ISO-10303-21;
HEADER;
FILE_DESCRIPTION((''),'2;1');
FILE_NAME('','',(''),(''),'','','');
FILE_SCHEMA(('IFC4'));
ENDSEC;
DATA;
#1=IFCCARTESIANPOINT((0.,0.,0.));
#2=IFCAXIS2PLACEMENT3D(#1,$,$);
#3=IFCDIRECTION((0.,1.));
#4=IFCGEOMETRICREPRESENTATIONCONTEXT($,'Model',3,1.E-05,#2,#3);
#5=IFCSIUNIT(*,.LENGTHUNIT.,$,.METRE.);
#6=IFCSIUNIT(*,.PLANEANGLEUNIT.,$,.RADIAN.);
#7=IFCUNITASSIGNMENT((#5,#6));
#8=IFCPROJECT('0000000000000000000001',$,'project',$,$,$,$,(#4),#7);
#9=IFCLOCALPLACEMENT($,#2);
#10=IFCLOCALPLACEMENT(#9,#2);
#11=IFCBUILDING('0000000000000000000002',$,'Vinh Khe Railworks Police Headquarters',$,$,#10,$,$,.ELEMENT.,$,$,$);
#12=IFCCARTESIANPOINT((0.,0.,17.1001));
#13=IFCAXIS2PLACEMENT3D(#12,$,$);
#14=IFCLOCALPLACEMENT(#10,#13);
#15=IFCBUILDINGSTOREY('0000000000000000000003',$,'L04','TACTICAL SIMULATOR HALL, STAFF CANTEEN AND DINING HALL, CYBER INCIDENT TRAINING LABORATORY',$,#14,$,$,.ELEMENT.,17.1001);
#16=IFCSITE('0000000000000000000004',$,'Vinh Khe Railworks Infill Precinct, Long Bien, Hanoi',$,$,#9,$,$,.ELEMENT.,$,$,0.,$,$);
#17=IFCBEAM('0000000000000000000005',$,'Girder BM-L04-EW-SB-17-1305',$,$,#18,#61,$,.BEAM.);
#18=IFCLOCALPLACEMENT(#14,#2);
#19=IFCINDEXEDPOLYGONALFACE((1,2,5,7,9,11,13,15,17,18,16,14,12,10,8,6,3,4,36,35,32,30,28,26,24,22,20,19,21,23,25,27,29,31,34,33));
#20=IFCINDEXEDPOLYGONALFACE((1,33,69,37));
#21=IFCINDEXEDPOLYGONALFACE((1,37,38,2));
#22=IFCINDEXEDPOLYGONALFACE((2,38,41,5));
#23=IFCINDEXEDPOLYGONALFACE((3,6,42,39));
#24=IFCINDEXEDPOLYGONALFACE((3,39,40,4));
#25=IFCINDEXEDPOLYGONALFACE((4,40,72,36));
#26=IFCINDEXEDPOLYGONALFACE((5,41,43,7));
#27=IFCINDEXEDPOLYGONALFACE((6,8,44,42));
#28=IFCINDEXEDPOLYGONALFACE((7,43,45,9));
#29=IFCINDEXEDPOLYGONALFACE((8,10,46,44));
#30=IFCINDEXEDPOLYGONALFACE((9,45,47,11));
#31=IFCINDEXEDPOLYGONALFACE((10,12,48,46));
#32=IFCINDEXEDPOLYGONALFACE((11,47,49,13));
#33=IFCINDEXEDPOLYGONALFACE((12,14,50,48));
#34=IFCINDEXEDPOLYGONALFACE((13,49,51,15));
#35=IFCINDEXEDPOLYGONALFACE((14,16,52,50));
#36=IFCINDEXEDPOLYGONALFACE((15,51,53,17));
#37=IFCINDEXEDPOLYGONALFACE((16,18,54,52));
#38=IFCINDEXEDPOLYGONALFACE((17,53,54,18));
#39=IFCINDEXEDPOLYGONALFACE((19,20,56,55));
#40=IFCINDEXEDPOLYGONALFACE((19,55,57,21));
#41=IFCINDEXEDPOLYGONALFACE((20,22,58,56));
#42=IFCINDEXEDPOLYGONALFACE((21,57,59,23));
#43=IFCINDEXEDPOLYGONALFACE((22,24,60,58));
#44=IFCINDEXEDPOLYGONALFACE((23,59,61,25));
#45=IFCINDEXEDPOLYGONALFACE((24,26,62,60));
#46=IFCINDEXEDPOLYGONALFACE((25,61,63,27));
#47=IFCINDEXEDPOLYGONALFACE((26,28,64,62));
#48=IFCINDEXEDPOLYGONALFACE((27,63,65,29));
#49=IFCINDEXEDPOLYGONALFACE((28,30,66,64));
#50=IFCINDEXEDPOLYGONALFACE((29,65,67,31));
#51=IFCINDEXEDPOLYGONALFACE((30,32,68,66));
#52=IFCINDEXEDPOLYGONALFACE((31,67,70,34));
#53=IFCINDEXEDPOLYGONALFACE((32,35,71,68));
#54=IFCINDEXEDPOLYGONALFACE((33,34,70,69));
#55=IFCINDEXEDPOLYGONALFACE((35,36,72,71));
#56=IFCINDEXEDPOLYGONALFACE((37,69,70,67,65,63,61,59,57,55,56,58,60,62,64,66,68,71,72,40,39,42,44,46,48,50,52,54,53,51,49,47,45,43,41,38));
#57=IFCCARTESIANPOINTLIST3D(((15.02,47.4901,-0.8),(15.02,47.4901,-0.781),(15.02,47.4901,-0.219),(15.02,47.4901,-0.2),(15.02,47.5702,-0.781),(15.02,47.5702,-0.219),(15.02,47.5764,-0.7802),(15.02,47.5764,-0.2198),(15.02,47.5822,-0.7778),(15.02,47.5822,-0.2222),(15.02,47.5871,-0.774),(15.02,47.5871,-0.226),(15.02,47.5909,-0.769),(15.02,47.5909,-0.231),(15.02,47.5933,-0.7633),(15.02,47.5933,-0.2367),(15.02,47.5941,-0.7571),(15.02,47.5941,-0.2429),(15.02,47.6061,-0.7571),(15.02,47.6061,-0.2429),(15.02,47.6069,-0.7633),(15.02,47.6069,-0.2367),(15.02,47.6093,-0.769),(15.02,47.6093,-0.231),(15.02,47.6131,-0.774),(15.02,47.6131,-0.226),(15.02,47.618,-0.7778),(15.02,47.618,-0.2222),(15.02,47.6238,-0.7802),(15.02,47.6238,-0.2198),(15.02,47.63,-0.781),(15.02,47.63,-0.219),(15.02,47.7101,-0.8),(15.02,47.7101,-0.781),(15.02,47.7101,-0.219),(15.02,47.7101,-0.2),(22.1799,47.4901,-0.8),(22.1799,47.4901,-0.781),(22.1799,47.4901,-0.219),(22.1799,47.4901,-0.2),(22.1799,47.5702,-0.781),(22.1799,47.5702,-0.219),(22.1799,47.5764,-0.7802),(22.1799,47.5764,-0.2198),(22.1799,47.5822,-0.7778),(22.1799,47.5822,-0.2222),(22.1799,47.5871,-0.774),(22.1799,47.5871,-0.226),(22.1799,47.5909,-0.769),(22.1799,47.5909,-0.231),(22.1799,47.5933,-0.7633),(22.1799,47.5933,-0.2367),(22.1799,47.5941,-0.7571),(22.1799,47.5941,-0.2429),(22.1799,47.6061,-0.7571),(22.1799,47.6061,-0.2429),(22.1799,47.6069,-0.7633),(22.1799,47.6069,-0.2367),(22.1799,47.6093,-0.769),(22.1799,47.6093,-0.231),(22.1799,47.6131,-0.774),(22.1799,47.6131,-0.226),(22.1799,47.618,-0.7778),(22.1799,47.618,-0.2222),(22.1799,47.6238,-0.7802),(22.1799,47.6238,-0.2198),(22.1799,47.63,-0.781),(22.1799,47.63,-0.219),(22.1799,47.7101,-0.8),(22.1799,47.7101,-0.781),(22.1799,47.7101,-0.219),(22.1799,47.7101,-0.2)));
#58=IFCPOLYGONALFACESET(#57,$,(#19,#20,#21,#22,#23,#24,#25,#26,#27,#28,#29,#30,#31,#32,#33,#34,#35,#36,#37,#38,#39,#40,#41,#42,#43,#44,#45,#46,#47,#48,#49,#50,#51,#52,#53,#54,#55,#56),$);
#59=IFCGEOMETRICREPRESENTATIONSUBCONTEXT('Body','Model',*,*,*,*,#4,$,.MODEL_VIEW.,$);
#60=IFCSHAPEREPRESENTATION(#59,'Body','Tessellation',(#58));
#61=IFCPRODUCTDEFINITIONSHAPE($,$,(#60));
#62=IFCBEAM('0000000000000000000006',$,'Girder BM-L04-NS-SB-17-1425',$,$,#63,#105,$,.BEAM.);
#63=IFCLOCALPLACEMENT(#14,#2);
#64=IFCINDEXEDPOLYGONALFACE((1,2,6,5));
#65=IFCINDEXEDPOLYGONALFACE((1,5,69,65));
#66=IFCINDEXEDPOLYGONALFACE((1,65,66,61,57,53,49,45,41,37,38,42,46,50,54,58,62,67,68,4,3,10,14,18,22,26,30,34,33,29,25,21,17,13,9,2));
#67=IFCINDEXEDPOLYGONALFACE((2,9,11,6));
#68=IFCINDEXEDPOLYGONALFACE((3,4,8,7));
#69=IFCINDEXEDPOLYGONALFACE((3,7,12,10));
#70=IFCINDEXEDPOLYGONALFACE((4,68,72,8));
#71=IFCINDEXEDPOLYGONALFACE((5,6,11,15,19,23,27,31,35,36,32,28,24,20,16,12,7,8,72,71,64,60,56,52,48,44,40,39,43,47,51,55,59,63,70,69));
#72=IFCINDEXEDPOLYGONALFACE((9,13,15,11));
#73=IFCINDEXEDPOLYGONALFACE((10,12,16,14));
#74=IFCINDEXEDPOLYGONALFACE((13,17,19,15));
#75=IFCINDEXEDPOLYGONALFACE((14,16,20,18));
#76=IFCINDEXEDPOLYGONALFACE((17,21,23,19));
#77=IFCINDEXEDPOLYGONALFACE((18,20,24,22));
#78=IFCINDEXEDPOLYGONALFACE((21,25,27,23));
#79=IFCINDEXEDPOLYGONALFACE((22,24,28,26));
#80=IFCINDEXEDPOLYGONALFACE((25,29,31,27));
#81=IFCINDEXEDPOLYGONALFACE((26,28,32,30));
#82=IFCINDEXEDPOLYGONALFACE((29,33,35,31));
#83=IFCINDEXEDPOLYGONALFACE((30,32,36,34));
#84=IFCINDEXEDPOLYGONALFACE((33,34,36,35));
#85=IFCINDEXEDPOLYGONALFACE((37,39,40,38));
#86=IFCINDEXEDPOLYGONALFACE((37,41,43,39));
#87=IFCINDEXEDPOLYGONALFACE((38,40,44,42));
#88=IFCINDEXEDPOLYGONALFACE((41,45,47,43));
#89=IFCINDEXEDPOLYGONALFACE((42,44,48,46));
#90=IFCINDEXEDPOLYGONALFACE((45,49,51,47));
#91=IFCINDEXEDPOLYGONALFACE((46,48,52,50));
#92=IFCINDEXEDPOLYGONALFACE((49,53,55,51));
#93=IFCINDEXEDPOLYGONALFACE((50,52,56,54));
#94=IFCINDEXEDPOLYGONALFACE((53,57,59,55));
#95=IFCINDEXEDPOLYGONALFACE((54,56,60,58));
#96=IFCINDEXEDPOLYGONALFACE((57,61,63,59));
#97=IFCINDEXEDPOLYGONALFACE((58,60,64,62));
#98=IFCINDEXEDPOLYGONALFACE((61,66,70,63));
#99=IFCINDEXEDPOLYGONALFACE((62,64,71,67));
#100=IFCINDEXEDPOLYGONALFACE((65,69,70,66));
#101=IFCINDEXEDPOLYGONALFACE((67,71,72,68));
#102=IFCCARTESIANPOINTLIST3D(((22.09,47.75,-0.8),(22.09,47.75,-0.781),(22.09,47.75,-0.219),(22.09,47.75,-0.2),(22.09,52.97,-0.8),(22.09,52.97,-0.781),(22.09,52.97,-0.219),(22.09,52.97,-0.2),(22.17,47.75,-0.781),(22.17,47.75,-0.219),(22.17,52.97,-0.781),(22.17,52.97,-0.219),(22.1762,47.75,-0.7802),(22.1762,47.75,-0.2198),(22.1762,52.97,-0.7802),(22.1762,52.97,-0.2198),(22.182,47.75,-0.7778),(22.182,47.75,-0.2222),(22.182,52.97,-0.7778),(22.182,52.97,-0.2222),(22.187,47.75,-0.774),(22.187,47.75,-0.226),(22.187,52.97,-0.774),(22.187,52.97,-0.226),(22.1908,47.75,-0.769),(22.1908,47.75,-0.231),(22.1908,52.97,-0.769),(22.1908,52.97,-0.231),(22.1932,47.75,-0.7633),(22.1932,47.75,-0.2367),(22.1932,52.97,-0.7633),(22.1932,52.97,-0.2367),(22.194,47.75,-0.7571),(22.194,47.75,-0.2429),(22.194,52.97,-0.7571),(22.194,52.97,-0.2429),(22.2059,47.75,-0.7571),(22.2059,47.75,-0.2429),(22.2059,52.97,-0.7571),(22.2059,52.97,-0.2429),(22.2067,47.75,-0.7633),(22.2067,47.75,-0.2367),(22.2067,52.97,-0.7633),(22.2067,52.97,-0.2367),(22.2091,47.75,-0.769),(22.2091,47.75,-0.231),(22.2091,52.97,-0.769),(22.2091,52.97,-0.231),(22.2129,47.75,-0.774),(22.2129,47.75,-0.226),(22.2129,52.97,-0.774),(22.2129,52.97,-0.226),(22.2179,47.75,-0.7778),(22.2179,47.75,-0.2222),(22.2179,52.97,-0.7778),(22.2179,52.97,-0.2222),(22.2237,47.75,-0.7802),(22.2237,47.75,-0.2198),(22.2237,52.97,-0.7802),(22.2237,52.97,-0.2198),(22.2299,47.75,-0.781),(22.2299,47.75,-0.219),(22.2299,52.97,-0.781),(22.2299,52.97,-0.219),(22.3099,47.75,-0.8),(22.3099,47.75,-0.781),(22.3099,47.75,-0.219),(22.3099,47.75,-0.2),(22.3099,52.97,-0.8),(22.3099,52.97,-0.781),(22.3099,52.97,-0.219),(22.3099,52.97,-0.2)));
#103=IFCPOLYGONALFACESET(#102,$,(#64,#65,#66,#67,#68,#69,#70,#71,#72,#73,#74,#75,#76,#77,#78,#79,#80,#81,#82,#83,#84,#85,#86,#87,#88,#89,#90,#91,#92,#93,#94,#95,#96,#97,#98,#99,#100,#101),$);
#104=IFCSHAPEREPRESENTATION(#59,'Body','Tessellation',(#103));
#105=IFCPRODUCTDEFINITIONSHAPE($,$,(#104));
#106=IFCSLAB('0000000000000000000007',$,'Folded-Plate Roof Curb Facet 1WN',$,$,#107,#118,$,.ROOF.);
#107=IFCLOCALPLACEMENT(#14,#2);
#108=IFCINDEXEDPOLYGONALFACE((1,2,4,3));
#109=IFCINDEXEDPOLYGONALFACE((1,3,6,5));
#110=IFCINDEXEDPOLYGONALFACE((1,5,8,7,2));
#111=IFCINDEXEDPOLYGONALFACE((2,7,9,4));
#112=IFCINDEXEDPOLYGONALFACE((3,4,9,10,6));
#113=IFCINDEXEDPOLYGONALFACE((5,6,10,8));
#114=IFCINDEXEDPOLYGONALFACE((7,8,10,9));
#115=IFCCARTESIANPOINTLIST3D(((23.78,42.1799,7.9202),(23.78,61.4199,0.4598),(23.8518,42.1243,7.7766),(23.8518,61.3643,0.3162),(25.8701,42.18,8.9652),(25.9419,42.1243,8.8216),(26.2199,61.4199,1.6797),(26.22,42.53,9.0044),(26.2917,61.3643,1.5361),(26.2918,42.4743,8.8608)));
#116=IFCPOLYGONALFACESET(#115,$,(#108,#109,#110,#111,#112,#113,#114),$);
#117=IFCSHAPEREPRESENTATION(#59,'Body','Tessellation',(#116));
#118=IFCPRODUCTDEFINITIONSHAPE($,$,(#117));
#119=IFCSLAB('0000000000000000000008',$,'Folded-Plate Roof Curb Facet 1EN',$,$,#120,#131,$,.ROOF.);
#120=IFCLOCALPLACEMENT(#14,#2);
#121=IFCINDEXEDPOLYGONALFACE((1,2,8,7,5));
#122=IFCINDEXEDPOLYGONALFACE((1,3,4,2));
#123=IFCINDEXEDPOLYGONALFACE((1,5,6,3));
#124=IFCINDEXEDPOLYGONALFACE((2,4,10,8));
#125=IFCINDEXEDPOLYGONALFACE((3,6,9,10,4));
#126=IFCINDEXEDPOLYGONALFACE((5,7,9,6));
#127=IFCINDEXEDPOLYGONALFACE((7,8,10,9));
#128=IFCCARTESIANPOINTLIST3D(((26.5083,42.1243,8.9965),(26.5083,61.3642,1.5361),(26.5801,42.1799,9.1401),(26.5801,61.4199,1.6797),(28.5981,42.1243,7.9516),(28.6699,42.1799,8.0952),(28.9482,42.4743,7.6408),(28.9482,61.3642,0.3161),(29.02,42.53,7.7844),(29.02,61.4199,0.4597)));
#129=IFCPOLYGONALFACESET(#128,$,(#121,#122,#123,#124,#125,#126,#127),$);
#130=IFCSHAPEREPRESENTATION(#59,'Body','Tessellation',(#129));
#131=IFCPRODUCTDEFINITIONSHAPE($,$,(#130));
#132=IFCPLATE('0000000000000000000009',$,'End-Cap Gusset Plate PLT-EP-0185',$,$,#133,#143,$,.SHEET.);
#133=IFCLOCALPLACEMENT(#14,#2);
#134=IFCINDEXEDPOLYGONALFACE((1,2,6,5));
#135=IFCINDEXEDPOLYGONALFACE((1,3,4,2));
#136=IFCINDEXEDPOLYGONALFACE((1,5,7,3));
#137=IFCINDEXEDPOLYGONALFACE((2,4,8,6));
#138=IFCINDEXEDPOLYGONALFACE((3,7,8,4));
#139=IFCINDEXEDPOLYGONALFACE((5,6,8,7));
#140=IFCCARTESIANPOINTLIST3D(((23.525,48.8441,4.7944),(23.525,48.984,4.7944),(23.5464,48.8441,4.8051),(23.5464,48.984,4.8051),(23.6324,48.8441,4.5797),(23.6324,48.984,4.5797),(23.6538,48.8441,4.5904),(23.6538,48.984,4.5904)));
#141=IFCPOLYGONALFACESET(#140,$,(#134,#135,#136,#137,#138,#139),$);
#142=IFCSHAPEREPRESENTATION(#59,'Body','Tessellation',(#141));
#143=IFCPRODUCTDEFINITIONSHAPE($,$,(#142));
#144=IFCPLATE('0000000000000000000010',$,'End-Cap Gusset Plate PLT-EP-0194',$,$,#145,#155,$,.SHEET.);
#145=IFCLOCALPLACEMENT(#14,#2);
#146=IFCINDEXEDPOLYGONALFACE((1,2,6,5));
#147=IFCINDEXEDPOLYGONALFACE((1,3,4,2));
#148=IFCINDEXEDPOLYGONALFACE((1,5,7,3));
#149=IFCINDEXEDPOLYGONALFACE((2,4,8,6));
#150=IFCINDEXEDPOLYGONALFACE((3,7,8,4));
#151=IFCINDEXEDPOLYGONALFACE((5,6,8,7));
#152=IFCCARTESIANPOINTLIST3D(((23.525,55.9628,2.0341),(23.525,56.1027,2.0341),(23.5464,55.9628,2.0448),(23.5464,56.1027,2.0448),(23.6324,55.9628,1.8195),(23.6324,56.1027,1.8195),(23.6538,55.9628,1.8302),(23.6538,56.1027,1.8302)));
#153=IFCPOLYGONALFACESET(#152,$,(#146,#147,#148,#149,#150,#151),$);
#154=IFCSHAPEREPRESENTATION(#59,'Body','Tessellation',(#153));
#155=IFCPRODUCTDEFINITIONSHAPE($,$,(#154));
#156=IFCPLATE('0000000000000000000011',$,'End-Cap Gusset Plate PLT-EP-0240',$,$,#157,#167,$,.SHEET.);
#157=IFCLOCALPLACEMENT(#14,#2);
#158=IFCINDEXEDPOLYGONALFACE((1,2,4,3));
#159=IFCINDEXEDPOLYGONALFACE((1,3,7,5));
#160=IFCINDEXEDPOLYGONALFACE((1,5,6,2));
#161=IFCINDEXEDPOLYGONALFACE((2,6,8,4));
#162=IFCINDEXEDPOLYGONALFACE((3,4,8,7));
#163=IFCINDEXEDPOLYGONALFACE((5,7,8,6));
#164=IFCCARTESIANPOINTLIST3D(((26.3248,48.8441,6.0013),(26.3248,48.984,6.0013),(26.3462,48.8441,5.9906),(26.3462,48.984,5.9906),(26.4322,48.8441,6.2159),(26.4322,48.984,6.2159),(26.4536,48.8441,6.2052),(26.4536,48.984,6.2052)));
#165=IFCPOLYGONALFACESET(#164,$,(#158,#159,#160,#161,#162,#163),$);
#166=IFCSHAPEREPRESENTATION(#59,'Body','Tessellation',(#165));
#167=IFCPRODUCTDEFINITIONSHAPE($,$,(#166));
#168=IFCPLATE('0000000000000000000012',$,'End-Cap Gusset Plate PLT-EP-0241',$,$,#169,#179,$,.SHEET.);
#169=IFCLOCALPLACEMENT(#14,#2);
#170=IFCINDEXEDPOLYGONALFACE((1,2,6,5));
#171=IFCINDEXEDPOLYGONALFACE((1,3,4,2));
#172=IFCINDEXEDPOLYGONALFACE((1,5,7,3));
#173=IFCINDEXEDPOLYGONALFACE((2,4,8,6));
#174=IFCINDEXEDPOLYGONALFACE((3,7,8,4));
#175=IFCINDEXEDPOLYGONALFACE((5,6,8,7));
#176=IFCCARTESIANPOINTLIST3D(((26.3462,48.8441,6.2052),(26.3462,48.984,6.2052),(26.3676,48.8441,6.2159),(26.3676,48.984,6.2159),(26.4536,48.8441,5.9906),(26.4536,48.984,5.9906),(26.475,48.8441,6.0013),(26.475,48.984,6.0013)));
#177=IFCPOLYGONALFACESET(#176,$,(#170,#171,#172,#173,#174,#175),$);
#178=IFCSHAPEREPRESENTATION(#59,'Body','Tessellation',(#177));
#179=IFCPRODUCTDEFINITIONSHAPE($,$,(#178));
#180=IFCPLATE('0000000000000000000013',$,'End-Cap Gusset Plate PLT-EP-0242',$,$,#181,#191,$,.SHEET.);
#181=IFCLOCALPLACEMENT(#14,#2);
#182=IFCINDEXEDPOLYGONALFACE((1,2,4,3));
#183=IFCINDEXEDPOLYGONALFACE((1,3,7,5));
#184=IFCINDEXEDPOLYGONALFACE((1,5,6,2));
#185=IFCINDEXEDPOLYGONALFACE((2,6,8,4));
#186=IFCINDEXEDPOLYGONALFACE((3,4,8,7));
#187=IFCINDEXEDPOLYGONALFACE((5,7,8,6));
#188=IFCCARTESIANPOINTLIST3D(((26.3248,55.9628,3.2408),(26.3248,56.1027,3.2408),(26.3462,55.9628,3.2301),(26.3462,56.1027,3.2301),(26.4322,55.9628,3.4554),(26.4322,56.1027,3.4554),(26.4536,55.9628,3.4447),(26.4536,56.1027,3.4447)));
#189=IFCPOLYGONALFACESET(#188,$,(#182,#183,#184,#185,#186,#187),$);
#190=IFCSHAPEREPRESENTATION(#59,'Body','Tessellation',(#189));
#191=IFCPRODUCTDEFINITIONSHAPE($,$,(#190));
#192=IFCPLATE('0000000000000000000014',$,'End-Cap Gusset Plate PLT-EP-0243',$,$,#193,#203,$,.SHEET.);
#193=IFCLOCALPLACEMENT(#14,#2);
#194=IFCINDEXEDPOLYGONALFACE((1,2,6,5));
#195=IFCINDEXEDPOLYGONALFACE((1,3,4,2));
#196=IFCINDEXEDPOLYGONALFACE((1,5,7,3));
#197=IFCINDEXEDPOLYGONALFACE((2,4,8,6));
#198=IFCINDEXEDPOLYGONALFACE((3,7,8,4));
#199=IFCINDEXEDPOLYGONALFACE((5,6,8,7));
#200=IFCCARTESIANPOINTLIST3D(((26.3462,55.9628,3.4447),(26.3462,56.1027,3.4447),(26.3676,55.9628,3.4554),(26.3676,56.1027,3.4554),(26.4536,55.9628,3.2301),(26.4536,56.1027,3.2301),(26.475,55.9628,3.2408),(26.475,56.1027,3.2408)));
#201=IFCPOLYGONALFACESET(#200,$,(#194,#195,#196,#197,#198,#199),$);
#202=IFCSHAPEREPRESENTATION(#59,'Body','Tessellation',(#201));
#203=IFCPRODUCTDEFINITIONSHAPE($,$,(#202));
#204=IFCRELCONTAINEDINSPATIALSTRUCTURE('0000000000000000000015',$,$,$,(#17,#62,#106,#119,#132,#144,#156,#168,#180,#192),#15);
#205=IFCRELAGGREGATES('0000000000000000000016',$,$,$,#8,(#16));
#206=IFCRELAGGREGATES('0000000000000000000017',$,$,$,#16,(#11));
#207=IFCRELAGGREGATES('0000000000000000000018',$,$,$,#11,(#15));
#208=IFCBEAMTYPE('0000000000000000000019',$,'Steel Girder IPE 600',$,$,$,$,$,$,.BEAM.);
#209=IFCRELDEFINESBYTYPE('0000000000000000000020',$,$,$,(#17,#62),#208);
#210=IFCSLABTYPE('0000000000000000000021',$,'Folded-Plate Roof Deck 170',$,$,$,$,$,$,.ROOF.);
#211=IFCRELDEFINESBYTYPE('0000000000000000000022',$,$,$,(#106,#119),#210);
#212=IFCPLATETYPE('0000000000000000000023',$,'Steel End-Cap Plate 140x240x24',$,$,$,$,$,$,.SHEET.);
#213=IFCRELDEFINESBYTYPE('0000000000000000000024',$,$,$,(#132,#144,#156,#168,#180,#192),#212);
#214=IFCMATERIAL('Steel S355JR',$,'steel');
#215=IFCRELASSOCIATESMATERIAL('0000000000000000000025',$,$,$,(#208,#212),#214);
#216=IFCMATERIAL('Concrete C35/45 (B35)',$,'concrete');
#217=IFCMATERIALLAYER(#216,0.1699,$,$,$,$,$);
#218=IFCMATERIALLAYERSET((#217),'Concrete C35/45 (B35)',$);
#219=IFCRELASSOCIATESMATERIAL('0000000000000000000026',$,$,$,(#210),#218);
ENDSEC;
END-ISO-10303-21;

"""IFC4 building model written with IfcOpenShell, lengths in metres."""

from ifc_helpers import new_model, si_unit, direction, frame, origin, origin_2d, place, context, subcontext, project, spatial, polyline, rectangle, i_section, outline, extrude, material, layer, layer_set, material_profile, profile_set, type_object, element, save


model = new_model("IFC4")

# Units and contexts
model_context = context("Model", 3, precision=1e-05, world=origin(), true_north=direction((0.0, 1.0)))
body_context = subcontext(model_context, "Body", "Model", "MODEL_VIEW")
ifc_project = project(units=[si_unit("LENGTHUNIT", "METRE"), si_unit("PLANEANGLEUNIT", "RADIAN")], contexts=[model_context])

# Site, building, storey
site_placement = place(None, origin())
site = spatial("IfcSite", under=ifc_project, at=site_placement, Name="Vinh Khe Railworks Infill Precinct, Long Bien, Hanoi", CompositionType="ELEMENT", RefElevation=0.0)
building_placement = place(site_placement, origin())
building = spatial("IfcBuilding", under=site, at=building_placement, Name="Vinh Khe Railworks Police Headquarters", CompositionType="ELEMENT")
storey_placement = place(building_placement, frame((0.0, 0.0, 17.1001)))
storey = spatial("IfcBuildingStorey", under=building, at=storey_placement, Name="L04", Description="TACTICAL SIMULATOR HALL, STAFF CANTEEN AND DINING HALL, CYBER INCIDENT TRAINING LABORATORY", CompositionType="ELEMENT", Elevation=17.1001)

# Shared definitions
ifc_material_1 = material(Name="Steel S355JR", Category="steel")

# Beams
ifc_material_profile_1 = material_profile(ifc_material_1, i_section(OverallWidth=0.22, OverallDepth=0.6001, WebThickness=0.012, FlangeThickness=0.019, FilletRadius=0.0239, at=origin_2d()), Name="IPE 600")
ifc_profile_set_1 = profile_set([ifc_material_profile_1], Name="Steel S355JR")
beam_type_1 = type_object("IfcBeamType", Name="Steel Girder IPE 600", PredefinedType="BEAM", material=ifc_profile_set_1)
beam_1_placement = place(storey_placement, frame((15.02, 47.6001, -0.5), z_axis=(1.0, 0.0, 0.0), x_axis=(0.0, 1.0, 0.0)))
element("IfcBeam", 1, at=beam_1_placement, inside=storey, type_object=beam_type_1, Name="Girder BM-L04-EW-SB-17-1305", PredefinedType="BEAM", context=body_context, shape_type="SweptSolid", body=[
    extrude(i_section(OverallWidth=0.22, OverallDepth=0.6001, WebThickness=0.012, FlangeThickness=0.019, FilletRadius=0.0239, at=origin_2d()), origin(), (0.0, 0.0, 1.0), 7.1599),
])
beam_2_placement = place(storey_placement, frame((22.2, 47.75, -0.5), z_axis=(0.0, 1.0, 0.0), x_axis=(-1.0, 0.0, 0.0)))
element("IfcBeam", 2, at=beam_2_placement, inside=storey, type_object=beam_type_1, Name="Girder BM-L04-NS-SB-17-1425", PredefinedType="BEAM", context=body_context, shape_type="SweptSolid", body=[
    extrude(i_section(OverallWidth=0.22, OverallDepth=0.6001, WebThickness=0.012, FlangeThickness=0.019, FilletRadius=0.0239, at=origin_2d()), origin(), (0.0, 0.0, 1.0), 5.22),
])

# Slabs
ifc_material_2 = material(Name="Concrete C35/45 (B35)", Category="concrete")
ifc_layer_1 = layer(ifc_material_2, 0.1699)
ifc_layer_set_1 = layer_set([ifc_layer_1], Name="Concrete C35/45 (B35)")
slab_type = type_object("IfcSlabType", Name="Folded-Plate Roof Deck 170", PredefinedType="ROOF", material=ifc_layer_set_1)
slab_1_placement = place(storey_placement, frame((23.78, 42.1799, 7.9202), z_axis=(-0.422525, 0.327671, 0.845047), x_axis=(0.894429, 0.000015, 0.44721)))
element("IfcSlab", 3, at=slab_1_placement, inside=storey, type_object=slab_type, Name="Folded-Plate Roof Curb Facet 1WN", PredefinedType="ROOF", context=body_context, shape_type="SweptSolid", body=[
    extrude(outline(polyline([(0.0, 0.0), (2.3367, 0.0), (2.6672, 0.3705), (-0.6082, 20.3643), (-3.3361, 20.3643), (0.0, 0.0)])), origin(), (0.0, 0.0, -1.0), 0.1699),
])
slab_2_placement = place(storey_placement, frame((26.5801, 42.1799, 9.1401), z_axis=(0.422522, 0.327673, 0.845048), x_axis=(0.894428, 0.000001, -0.447212)))
element("IfcSlab", 4, at=slab_2_placement, inside=storey, type_object=slab_type, Name="Folded-Plate Roof Curb Facet 1EN", PredefinedType="ROOF", context=body_context, shape_type="SweptSolid", body=[
    extrude(outline(polyline([(0.0, 0.0), (2.3365, 0.0), (2.7886, 0.3706), (6.0644, 20.3643), (3.3364, 20.3643), (0.0, 0.0)])), origin(), (0.0, 0.0, -1.0), 0.1699),
])

# Plates
ifc_material_profile_2 = material_profile(ifc_material_1, rectangle(XDim=0.1399, YDim=0.24, at=origin_2d()), Name="PL 140x240")
ifc_profile_set_2 = profile_set([ifc_material_profile_2], Name="Steel S355JR")
plate_type = type_object("IfcPlateType", Name="Steel End-Cap Plate 140x240x24", PredefinedType="SHEET", material=ifc_profile_set_2)
for number, where, z_axis, x_axis, name in (
    (5, (23.6001, 48.9141, 4.6978), (-0.894427, 0.0, -0.447214), (0.0, -1.0, 0.0), "End-Cap Gusset Plate PLT-EP-0185"),
    (6, (23.6001, 56.0327, 1.9375), (-0.894427, 0.0, -0.447214), (0.0, -1.0, 0.0), "End-Cap Gusset Plate PLT-EP-0194"),
    (7, (26.3999, 48.9141, 6.0979), (-0.894427, 0.0, 0.447214), (0.0, -1.0, 0.0), "End-Cap Gusset Plate PLT-EP-0240"),
    (8, (26.3999, 48.9141, 6.0979), (0.894427, 0.0, 0.447214), (0.0, 1.0, 0.0), "End-Cap Gusset Plate PLT-EP-0241"),
    (9, (26.3999, 56.0327, 3.3374), (-0.894427, 0.0, 0.447214), (0.0, -1.0, 0.0), "End-Cap Gusset Plate PLT-EP-0242"),
    (10, (26.3999, 56.0327, 3.3374), (0.894427, 0.0, 0.447214), (0.0, 1.0, 0.0), "End-Cap Gusset Plate PLT-EP-0243"),
):
    element("IfcPlate", number, at=place(storey_placement, frame(where, z_axis=z_axis, x_axis=x_axis)), inside=storey, type_object=plate_type, Name=name, PredefinedType="SHEET", context=body_context, shape_type="SweptSolid", body=[
        extrude(rectangle(XDim=0.1399, YDim=0.24, at=origin_2d()), origin(), (0.0, 0.0, 1.0), 0.0239),
    ])

save(model, "model.ifc")
